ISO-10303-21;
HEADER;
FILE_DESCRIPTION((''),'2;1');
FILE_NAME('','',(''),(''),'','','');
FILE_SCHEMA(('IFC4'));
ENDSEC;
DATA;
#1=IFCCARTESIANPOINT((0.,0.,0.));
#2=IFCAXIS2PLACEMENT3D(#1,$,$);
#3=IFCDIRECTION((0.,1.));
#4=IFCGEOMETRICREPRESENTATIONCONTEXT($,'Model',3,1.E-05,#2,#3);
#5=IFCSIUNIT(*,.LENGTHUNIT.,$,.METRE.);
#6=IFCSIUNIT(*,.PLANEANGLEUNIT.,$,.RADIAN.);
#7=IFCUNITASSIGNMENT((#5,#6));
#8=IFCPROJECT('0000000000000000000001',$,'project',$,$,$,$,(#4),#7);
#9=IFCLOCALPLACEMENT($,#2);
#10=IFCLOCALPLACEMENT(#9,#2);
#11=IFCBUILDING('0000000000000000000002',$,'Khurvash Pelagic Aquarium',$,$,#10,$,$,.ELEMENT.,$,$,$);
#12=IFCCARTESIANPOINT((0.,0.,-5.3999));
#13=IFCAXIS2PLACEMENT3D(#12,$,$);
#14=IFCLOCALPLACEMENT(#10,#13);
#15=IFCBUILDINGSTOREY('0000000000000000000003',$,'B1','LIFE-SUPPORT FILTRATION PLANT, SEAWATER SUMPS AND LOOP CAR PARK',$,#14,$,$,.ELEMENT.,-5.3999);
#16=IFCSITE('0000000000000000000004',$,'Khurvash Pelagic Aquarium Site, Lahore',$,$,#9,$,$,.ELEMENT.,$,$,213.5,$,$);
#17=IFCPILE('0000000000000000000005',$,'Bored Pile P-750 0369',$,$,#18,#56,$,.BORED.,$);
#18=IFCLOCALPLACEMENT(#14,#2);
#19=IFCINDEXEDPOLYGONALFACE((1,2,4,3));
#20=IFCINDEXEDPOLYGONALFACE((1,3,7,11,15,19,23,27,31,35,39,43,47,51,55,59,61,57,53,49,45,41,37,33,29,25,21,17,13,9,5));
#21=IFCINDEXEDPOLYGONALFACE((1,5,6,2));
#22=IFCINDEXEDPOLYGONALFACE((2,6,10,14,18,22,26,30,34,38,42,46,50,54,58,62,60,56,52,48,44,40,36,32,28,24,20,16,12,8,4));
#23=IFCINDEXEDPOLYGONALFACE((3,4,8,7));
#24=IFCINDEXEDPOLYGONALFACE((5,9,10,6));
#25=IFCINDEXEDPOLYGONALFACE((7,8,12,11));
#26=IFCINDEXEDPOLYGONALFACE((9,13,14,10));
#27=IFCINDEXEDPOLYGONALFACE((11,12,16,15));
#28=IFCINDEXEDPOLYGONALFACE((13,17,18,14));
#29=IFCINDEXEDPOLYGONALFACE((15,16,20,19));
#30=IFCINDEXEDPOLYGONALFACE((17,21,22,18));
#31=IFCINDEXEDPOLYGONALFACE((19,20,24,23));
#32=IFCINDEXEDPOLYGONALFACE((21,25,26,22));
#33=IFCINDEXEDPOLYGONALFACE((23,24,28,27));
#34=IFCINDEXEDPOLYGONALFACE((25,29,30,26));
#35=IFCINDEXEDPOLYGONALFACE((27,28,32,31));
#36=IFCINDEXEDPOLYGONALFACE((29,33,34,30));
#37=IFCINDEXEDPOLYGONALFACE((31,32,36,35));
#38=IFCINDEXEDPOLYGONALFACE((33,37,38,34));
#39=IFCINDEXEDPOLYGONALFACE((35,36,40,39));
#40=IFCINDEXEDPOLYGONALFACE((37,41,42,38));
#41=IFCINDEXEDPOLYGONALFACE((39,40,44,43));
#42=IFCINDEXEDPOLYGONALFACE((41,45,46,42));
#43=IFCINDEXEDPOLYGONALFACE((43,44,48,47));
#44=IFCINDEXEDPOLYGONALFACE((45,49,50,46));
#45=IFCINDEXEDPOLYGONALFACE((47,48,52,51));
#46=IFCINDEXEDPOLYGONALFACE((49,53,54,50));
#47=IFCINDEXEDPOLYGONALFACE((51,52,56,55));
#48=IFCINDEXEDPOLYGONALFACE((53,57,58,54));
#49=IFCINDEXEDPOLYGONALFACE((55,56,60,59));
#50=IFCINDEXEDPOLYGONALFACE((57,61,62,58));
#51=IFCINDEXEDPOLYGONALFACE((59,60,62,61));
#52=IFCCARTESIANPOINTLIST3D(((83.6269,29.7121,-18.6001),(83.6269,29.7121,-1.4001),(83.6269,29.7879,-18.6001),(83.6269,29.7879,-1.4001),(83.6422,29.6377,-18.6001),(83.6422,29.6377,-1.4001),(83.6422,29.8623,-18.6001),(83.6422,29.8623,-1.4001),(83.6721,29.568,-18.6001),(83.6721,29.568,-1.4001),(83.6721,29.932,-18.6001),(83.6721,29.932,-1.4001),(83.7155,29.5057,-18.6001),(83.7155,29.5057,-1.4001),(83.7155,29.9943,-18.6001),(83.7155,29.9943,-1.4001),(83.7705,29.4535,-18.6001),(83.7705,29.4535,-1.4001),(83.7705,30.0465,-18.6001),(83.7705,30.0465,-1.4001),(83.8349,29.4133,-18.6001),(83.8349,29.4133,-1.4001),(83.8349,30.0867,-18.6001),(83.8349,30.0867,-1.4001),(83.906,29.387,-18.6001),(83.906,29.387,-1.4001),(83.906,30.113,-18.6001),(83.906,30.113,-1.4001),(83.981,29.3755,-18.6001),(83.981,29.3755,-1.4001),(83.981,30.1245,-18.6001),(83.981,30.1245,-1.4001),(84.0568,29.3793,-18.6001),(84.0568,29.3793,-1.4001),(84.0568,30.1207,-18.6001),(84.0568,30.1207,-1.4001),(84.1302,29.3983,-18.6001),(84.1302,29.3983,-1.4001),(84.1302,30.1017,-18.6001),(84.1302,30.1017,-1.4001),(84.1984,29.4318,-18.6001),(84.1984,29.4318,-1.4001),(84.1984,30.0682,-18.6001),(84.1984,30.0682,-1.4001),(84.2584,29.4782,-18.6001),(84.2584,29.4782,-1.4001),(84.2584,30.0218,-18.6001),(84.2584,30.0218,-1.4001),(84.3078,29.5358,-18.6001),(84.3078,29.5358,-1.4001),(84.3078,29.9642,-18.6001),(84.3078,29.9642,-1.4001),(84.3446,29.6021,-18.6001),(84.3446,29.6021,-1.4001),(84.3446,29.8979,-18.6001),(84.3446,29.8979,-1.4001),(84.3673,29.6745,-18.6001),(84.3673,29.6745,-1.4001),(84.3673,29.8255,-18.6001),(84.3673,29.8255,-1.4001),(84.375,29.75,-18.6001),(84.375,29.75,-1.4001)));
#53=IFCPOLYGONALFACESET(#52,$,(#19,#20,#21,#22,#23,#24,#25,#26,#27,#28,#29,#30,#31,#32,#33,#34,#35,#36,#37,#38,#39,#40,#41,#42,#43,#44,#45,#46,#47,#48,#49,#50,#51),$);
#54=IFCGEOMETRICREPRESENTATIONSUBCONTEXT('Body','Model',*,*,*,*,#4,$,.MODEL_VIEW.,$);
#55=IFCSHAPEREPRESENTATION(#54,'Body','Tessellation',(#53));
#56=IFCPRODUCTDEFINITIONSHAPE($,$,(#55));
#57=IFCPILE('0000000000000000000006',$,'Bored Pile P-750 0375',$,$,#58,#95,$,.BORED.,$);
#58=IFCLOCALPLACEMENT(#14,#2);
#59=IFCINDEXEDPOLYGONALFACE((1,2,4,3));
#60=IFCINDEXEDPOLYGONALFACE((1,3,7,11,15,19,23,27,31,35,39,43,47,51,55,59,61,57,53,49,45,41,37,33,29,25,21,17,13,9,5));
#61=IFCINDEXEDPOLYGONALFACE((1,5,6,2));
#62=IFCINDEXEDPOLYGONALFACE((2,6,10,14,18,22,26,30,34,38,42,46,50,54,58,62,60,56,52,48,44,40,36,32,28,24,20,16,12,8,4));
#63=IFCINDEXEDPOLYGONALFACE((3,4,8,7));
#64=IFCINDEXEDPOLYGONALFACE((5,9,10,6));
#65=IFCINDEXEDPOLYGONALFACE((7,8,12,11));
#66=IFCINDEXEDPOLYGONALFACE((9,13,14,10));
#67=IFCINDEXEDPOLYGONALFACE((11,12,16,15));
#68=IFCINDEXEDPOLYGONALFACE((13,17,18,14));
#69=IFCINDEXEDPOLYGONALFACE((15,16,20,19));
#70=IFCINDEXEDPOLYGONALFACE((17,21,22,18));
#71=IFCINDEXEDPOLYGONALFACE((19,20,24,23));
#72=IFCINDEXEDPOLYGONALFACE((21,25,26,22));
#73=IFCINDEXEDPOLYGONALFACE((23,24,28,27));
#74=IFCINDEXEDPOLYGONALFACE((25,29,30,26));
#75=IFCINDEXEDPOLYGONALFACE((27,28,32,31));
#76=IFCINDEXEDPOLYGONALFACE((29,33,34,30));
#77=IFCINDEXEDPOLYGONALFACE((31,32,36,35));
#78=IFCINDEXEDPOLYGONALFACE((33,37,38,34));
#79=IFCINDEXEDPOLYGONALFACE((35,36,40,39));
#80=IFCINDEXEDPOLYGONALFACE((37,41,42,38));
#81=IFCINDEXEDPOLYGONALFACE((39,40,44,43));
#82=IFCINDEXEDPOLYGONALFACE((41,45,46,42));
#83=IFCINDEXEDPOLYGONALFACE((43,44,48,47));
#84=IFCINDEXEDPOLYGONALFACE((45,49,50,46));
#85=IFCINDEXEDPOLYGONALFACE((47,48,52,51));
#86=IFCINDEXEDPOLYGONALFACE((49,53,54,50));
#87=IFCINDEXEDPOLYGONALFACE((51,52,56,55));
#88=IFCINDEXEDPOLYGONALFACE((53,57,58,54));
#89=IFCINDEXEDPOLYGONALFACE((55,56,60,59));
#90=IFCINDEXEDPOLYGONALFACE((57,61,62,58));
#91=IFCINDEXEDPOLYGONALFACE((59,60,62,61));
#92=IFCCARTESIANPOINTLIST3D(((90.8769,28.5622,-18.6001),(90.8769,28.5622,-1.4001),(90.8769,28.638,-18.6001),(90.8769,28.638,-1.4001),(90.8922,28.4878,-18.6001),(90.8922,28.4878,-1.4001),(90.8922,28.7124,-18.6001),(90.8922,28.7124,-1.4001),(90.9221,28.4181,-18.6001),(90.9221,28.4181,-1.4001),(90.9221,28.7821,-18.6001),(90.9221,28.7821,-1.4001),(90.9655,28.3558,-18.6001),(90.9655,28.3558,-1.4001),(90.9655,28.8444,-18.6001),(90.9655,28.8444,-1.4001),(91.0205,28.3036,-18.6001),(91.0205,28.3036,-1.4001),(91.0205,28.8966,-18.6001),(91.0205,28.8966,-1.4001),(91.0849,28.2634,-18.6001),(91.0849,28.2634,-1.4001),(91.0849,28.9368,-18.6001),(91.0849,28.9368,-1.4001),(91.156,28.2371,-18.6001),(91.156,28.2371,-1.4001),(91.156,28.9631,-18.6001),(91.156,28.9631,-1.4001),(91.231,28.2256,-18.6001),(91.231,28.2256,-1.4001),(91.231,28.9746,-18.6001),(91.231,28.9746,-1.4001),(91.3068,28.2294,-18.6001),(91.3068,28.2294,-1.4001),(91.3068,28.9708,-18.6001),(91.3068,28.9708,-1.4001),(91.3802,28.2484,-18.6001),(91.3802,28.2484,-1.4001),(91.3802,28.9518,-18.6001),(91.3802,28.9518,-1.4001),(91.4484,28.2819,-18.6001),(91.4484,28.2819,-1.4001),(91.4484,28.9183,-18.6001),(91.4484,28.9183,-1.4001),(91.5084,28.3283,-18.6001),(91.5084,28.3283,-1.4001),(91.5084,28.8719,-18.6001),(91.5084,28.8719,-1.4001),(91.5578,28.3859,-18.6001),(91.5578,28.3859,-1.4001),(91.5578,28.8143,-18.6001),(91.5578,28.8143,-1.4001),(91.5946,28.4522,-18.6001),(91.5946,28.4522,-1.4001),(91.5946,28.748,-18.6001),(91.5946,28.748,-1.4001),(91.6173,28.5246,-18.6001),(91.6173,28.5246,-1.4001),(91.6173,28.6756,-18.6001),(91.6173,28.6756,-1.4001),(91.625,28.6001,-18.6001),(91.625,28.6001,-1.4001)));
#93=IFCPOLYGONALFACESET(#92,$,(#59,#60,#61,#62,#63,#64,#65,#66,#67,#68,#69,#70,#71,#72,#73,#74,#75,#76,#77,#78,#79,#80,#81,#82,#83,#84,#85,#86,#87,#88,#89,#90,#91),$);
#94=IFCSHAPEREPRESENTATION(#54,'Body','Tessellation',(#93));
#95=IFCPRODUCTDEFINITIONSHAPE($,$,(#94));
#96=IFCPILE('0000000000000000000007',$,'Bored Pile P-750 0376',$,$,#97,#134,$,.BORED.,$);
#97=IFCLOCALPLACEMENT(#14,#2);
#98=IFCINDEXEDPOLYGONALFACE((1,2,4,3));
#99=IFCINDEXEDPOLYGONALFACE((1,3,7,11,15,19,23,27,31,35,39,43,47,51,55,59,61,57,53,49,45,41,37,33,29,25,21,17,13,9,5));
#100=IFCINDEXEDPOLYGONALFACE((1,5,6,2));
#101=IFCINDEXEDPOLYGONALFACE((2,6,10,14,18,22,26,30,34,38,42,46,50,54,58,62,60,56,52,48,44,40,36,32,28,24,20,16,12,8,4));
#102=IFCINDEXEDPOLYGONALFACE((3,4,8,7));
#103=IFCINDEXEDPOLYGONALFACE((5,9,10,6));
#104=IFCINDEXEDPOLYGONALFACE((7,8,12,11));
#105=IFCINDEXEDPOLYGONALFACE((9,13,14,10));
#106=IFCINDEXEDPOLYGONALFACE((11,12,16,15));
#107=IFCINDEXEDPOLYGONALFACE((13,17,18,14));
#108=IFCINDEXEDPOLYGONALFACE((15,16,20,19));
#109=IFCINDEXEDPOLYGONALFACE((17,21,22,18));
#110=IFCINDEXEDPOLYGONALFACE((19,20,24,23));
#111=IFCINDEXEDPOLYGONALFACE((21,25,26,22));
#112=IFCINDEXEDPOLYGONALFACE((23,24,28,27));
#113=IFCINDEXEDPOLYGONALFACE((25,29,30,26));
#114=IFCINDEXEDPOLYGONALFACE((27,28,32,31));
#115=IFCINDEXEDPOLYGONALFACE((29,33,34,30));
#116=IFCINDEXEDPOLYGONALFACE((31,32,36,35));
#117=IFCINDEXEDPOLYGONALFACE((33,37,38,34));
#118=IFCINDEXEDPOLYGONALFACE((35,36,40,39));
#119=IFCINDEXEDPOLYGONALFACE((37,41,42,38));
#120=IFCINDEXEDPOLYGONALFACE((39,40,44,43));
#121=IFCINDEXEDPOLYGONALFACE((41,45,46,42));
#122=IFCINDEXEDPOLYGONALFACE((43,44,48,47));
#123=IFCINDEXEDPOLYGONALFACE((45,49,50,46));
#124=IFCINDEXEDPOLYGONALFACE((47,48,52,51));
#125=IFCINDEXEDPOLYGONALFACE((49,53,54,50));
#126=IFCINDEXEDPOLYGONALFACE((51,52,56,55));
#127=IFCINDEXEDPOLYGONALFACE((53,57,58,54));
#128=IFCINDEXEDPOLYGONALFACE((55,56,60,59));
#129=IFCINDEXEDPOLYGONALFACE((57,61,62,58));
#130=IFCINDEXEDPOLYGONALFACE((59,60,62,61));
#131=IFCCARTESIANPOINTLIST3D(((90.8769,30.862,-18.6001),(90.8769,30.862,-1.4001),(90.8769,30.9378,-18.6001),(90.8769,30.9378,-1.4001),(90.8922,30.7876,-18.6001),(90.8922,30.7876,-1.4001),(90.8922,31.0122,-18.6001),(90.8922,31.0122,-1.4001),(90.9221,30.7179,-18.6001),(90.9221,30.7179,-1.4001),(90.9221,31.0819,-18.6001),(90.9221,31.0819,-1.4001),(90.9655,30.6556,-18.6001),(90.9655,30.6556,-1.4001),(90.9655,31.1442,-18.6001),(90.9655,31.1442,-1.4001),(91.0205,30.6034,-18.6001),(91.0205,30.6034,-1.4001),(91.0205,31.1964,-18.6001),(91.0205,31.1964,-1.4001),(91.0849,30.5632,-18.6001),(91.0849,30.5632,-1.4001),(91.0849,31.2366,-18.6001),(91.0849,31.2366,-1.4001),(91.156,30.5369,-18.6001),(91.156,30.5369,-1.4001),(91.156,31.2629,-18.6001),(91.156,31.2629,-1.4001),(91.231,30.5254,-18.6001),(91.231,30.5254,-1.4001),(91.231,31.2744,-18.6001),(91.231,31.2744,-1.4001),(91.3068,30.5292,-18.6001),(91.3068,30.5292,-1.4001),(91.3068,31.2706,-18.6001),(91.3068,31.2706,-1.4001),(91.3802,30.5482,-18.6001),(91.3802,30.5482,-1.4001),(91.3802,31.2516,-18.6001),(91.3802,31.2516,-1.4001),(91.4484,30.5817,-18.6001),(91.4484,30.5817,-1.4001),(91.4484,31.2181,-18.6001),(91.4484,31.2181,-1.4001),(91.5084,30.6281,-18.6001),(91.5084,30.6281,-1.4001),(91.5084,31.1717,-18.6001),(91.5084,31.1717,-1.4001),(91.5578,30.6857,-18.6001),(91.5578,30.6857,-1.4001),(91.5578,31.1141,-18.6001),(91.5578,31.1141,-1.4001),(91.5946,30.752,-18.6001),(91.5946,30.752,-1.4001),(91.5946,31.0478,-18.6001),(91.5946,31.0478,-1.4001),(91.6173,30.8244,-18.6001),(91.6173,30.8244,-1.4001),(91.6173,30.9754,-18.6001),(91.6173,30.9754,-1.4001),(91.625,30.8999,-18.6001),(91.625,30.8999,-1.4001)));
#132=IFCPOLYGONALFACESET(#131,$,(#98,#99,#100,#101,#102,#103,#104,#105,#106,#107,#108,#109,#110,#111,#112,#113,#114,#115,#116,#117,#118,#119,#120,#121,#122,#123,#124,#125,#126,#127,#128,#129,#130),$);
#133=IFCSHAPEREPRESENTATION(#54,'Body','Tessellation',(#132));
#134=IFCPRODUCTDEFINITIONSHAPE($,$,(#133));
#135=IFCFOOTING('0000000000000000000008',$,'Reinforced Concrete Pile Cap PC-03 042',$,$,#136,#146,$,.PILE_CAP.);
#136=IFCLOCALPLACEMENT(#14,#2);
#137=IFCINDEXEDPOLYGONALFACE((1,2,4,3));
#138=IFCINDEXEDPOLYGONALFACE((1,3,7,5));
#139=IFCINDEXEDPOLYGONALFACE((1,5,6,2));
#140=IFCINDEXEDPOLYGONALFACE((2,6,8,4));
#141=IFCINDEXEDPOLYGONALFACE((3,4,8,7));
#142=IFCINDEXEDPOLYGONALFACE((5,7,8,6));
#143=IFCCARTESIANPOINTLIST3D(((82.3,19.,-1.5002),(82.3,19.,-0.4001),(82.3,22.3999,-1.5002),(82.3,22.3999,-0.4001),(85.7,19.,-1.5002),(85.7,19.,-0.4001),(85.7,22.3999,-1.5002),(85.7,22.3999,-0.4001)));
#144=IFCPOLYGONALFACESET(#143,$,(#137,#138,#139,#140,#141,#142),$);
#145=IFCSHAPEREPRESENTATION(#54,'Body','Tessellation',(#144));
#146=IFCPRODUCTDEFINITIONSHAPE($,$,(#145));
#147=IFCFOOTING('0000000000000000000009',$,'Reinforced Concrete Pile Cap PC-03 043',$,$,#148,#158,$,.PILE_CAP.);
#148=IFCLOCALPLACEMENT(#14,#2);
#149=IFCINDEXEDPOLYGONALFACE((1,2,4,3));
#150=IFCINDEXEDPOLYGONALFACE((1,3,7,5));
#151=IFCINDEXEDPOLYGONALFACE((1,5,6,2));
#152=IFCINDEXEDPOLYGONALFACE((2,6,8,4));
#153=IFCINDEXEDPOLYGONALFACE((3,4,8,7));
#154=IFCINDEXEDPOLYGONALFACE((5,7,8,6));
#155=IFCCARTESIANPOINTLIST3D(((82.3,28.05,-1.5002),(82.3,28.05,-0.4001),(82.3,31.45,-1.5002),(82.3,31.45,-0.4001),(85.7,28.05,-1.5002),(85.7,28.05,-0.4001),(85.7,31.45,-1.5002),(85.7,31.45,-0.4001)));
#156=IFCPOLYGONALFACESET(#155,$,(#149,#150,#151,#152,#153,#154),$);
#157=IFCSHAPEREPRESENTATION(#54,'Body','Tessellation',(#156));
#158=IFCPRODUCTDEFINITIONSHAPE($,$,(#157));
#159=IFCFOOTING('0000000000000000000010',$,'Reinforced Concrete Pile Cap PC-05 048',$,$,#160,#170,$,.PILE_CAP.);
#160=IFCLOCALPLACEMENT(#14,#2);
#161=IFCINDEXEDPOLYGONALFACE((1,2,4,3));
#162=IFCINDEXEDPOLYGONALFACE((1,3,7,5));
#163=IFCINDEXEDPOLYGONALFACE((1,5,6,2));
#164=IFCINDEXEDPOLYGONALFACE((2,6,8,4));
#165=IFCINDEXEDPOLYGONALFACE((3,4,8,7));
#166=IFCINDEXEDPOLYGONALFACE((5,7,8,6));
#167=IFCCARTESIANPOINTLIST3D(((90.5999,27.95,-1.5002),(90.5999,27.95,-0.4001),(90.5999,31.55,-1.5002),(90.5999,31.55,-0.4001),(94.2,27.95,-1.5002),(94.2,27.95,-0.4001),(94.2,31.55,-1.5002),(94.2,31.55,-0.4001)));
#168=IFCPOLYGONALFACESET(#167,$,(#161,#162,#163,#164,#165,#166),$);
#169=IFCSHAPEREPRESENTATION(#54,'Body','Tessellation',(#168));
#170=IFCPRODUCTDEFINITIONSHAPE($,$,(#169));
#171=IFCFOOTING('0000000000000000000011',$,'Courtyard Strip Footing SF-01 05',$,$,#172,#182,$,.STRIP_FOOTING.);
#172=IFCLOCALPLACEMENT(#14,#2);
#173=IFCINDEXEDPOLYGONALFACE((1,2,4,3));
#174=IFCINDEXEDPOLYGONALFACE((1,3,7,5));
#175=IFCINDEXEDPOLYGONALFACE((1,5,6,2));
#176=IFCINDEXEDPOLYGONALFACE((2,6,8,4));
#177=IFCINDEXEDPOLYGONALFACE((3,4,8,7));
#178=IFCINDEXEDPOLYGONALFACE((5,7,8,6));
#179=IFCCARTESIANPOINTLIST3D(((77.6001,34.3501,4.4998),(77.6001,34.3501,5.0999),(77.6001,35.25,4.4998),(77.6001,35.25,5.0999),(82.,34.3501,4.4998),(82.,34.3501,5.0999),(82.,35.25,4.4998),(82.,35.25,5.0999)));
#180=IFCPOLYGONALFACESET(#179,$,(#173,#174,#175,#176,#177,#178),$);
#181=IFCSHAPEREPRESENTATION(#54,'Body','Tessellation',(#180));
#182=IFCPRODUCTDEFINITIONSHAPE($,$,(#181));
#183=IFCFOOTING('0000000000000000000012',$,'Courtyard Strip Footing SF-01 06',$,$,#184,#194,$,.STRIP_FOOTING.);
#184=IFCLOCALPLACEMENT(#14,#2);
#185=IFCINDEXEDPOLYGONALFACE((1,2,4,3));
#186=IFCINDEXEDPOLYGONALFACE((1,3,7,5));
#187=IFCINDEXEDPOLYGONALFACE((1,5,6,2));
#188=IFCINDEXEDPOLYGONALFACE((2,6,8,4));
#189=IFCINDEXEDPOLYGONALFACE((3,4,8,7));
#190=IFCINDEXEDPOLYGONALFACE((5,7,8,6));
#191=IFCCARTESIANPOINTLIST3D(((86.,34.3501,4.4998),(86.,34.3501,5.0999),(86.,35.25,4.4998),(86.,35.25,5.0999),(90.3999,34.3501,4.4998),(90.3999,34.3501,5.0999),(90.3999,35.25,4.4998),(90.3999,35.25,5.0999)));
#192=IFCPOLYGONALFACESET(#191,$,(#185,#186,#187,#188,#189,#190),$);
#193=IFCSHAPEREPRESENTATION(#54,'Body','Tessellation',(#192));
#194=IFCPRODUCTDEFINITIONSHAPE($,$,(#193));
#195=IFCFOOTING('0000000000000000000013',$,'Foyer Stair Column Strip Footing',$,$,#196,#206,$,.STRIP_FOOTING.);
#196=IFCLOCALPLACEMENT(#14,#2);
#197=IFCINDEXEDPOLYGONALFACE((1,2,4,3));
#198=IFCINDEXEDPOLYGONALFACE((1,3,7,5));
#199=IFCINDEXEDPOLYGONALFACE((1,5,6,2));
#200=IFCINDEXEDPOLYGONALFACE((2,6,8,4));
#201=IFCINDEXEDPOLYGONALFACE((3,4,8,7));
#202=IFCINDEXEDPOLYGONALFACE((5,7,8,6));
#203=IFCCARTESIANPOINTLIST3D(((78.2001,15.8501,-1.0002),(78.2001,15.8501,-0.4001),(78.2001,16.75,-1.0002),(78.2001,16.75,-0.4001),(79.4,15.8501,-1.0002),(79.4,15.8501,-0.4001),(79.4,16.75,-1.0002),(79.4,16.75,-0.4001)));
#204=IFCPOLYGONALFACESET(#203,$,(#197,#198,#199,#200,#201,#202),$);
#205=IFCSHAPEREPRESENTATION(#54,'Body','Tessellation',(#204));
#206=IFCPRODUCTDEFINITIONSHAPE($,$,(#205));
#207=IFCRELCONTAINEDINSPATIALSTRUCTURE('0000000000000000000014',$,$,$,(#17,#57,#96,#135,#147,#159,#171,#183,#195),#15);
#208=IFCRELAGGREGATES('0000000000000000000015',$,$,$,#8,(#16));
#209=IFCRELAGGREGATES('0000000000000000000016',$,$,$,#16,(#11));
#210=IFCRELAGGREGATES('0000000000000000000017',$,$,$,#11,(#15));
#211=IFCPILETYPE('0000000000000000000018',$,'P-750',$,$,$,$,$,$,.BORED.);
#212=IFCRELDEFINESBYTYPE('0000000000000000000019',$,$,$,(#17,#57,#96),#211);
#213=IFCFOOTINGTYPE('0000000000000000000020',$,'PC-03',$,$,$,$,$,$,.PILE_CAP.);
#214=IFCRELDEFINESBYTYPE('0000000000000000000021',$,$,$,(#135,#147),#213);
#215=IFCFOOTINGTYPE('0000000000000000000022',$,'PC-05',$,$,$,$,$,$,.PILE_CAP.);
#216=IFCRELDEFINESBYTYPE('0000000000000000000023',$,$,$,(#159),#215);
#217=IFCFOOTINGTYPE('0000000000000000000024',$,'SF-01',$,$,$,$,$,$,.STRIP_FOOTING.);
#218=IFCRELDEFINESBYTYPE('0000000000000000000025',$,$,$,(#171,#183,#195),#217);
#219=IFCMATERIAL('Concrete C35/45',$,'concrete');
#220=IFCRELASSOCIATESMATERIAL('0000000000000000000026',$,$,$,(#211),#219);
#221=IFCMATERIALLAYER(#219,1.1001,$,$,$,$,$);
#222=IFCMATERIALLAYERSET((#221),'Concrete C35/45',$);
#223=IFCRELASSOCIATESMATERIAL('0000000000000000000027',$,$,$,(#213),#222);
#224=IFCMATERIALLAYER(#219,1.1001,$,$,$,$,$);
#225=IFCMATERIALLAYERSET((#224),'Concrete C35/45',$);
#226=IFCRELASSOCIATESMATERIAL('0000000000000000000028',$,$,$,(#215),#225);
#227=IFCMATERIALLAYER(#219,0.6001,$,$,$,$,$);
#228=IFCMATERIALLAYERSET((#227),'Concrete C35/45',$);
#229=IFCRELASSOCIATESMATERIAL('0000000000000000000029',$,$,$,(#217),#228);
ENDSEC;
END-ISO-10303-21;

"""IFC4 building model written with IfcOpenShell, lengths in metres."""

from ifc_helpers import new_model, si_unit, direction, frame, origin, origin_2d, place, context, subcontext, project, spatial, rectangle, circle, extrude, material, layer, layer_set, material_profile, profile_set, type_object, element, save


model = new_model("IFC4")

# Units and contexts
model_context = context("Model", 3, precision=1e-05, world=origin(), true_north=direction((0.0, 1.0)))
body_context = subcontext(model_context, "Body", "Model", "MODEL_VIEW")
ifc_project = project(units=[si_unit("LENGTHUNIT", "METRE"), si_unit("PLANEANGLEUNIT", "RADIAN")], contexts=[model_context])

# Site, building, storey
site_placement = place(None, origin())
site = spatial("IfcSite", under=ifc_project, at=site_placement, Name="Khurvash Pelagic Aquarium Site, Lahore", CompositionType="ELEMENT", RefElevation=213.5)
building_placement = place(site_placement, origin())
building = spatial("IfcBuilding", under=site, at=building_placement, Name="Khurvash Pelagic Aquarium", CompositionType="ELEMENT")
storey_placement = place(building_placement, frame((0.0, 0.0, -5.3999)))
storey = spatial("IfcBuildingStorey", under=building, at=storey_placement, Name="B1", Description="LIFE-SUPPORT FILTRATION PLANT, SEAWATER SUMPS AND LOOP CAR PARK", CompositionType="ELEMENT", Elevation=-5.3999)

# Shared definitions
ifc_material_1 = material(Name="Concrete C35/45", Category="concrete")

# Piles
ifc_material_profile_1 = material_profile(ifc_material_1, circle(Radius=0.375, at=origin_2d()), Name="PILE750")
ifc_profile_set_1 = profile_set([ifc_material_profile_1], Name="Concrete C35/45")
pile_type = type_object("IfcPileType", Name="P-750", PredefinedType="BORED", material=ifc_profile_set_1)
for number, where, z_axis, x_axis, name in (
    (1, (84.0, 29.75, -1.4001), (0.0, 0.0, -1.0), (1.0, 0.0, 0.0), "Bored Pile P-750 0369"),
    (2, (91.25, 28.6001, -1.4001), (0.0, 0.0, -1.0), (1.0, 0.0, 0.0), "Bored Pile P-750 0375"),
    (3, (91.25, 30.8999, -1.4001), (0.0, 0.0, -1.0), (1.0, 0.0, 0.0), "Bored Pile P-750 0376"),
):
    element("IfcPile", number, at=place(storey_placement, frame(where, z_axis=z_axis, x_axis=x_axis)), inside=storey, type_object=pile_type, Name=name, PredefinedType="BORED", context=body_context, shape_type="SweptSolid", body=[
        extrude(circle(Radius=0.375, at=origin_2d()), origin(), (0.0, 0.0, 1.0), 17.2),
    ])

# Footings
ifc_layer_1 = layer(ifc_material_1, 1.1001)
ifc_layer_set_1 = layer_set([ifc_layer_1], Name="Concrete C35/45")
footing_type_1 = type_object("IfcFootingType", Name="PC-03", PredefinedType="PILE_CAP", material=ifc_layer_set_1)
for number, where, z_axis, x_axis, name in (
    (4, (84.0, 20.7, -1.5002), (0.0, 0.0, 1.0), (1.0, 0.0, 0.0), "Reinforced Concrete Pile Cap PC-03 042"),
    (5, (84.0, 29.75, -1.5002), (0.0, 0.0, 1.0), (1.0, 0.0, 0.0), "Reinforced Concrete Pile Cap PC-03 043"),
):
    element("IfcFooting", number, at=place(storey_placement, frame(where, z_axis=z_axis, x_axis=x_axis)), inside=storey, type_object=footing_type_1, Name=name, PredefinedType="PILE_CAP", context=body_context, shape_type="SweptSolid", body=[
        extrude(rectangle(XDim=3.3999, YDim=3.3999, at=origin_2d()), origin(), (0.0, 0.0, 1.0), 1.1001),
    ])
ifc_layer_2 = layer(ifc_material_1, 1.1001)
ifc_layer_set_2 = layer_set([ifc_layer_2], Name="Concrete C35/45")
footing_type_2 = type_object("IfcFootingType", Name="PC-05", PredefinedType="PILE_CAP", material=ifc_layer_set_2)
footing_1_placement = place(storey_placement, frame((92.3999, 29.75, -1.5002), z_axis=(0.0, 0.0, 1.0), x_axis=(1.0, 0.0, 0.0)))
element("IfcFooting", 6, at=footing_1_placement, inside=storey, type_object=footing_type_2, Name="Reinforced Concrete Pile Cap PC-05 048", PredefinedType="PILE_CAP", context=body_context, shape_type="SweptSolid", body=[
    extrude(rectangle(XDim=3.6001, YDim=3.6001, at=origin_2d()), origin(), (0.0, 0.0, 1.0), 1.1001),
])
ifc_layer_3 = layer(ifc_material_1, 0.6001)
ifc_layer_set_3 = layer_set([ifc_layer_3], Name="Concrete C35/45")
footing_type_3 = type_object("IfcFootingType", Name="SF-01", PredefinedType="STRIP_FOOTING", material=ifc_layer_set_3)
for number, where, z_axis, x_axis, name in (
    (7, (79.8, 34.8, 4.4998), (0.0, 0.0, 1.0), (1.0, 0.0, 0.0), "Courtyard Strip Footing SF-01 05"),
    (8, (88.2, 34.8, 4.4998), (0.0, 0.0, 1.0), (1.0, 0.0, 0.0), "Courtyard Strip Footing SF-01 06"),
):
    element("IfcFooting", number, at=place(storey_placement, frame(where, z_axis=z_axis, x_axis=x_axis)), inside=storey, type_object=footing_type_3, Name=name, PredefinedType="STRIP_FOOTING", context=body_context, shape_type="SweptSolid", body=[
        extrude(rectangle(XDim=4.3999, YDim=0.8999, at=origin_2d()), origin(), (0.0, 0.0, 1.0), 0.6001),
    ])
for number, where, z_axis, x_axis, name in (
    (9, (78.8, 16.3, -1.0002), (0.0, 0.0, 1.0), (1.0, 0.0, 0.0), "Foyer Stair Column Strip Footing"),
):
    element("IfcFooting", number, at=place(storey_placement, frame(where, z_axis=z_axis, x_axis=x_axis)), inside=storey, type_object=footing_type_3, Name=name, PredefinedType="STRIP_FOOTING", context=body_context, shape_type="SweptSolid", body=[
        extrude(rectangle(XDim=1.2, YDim=0.8999, at=origin_2d()), origin(), (0.0, 0.0, 1.0), 0.6001),
    ])

save(model, "model.ifc")
